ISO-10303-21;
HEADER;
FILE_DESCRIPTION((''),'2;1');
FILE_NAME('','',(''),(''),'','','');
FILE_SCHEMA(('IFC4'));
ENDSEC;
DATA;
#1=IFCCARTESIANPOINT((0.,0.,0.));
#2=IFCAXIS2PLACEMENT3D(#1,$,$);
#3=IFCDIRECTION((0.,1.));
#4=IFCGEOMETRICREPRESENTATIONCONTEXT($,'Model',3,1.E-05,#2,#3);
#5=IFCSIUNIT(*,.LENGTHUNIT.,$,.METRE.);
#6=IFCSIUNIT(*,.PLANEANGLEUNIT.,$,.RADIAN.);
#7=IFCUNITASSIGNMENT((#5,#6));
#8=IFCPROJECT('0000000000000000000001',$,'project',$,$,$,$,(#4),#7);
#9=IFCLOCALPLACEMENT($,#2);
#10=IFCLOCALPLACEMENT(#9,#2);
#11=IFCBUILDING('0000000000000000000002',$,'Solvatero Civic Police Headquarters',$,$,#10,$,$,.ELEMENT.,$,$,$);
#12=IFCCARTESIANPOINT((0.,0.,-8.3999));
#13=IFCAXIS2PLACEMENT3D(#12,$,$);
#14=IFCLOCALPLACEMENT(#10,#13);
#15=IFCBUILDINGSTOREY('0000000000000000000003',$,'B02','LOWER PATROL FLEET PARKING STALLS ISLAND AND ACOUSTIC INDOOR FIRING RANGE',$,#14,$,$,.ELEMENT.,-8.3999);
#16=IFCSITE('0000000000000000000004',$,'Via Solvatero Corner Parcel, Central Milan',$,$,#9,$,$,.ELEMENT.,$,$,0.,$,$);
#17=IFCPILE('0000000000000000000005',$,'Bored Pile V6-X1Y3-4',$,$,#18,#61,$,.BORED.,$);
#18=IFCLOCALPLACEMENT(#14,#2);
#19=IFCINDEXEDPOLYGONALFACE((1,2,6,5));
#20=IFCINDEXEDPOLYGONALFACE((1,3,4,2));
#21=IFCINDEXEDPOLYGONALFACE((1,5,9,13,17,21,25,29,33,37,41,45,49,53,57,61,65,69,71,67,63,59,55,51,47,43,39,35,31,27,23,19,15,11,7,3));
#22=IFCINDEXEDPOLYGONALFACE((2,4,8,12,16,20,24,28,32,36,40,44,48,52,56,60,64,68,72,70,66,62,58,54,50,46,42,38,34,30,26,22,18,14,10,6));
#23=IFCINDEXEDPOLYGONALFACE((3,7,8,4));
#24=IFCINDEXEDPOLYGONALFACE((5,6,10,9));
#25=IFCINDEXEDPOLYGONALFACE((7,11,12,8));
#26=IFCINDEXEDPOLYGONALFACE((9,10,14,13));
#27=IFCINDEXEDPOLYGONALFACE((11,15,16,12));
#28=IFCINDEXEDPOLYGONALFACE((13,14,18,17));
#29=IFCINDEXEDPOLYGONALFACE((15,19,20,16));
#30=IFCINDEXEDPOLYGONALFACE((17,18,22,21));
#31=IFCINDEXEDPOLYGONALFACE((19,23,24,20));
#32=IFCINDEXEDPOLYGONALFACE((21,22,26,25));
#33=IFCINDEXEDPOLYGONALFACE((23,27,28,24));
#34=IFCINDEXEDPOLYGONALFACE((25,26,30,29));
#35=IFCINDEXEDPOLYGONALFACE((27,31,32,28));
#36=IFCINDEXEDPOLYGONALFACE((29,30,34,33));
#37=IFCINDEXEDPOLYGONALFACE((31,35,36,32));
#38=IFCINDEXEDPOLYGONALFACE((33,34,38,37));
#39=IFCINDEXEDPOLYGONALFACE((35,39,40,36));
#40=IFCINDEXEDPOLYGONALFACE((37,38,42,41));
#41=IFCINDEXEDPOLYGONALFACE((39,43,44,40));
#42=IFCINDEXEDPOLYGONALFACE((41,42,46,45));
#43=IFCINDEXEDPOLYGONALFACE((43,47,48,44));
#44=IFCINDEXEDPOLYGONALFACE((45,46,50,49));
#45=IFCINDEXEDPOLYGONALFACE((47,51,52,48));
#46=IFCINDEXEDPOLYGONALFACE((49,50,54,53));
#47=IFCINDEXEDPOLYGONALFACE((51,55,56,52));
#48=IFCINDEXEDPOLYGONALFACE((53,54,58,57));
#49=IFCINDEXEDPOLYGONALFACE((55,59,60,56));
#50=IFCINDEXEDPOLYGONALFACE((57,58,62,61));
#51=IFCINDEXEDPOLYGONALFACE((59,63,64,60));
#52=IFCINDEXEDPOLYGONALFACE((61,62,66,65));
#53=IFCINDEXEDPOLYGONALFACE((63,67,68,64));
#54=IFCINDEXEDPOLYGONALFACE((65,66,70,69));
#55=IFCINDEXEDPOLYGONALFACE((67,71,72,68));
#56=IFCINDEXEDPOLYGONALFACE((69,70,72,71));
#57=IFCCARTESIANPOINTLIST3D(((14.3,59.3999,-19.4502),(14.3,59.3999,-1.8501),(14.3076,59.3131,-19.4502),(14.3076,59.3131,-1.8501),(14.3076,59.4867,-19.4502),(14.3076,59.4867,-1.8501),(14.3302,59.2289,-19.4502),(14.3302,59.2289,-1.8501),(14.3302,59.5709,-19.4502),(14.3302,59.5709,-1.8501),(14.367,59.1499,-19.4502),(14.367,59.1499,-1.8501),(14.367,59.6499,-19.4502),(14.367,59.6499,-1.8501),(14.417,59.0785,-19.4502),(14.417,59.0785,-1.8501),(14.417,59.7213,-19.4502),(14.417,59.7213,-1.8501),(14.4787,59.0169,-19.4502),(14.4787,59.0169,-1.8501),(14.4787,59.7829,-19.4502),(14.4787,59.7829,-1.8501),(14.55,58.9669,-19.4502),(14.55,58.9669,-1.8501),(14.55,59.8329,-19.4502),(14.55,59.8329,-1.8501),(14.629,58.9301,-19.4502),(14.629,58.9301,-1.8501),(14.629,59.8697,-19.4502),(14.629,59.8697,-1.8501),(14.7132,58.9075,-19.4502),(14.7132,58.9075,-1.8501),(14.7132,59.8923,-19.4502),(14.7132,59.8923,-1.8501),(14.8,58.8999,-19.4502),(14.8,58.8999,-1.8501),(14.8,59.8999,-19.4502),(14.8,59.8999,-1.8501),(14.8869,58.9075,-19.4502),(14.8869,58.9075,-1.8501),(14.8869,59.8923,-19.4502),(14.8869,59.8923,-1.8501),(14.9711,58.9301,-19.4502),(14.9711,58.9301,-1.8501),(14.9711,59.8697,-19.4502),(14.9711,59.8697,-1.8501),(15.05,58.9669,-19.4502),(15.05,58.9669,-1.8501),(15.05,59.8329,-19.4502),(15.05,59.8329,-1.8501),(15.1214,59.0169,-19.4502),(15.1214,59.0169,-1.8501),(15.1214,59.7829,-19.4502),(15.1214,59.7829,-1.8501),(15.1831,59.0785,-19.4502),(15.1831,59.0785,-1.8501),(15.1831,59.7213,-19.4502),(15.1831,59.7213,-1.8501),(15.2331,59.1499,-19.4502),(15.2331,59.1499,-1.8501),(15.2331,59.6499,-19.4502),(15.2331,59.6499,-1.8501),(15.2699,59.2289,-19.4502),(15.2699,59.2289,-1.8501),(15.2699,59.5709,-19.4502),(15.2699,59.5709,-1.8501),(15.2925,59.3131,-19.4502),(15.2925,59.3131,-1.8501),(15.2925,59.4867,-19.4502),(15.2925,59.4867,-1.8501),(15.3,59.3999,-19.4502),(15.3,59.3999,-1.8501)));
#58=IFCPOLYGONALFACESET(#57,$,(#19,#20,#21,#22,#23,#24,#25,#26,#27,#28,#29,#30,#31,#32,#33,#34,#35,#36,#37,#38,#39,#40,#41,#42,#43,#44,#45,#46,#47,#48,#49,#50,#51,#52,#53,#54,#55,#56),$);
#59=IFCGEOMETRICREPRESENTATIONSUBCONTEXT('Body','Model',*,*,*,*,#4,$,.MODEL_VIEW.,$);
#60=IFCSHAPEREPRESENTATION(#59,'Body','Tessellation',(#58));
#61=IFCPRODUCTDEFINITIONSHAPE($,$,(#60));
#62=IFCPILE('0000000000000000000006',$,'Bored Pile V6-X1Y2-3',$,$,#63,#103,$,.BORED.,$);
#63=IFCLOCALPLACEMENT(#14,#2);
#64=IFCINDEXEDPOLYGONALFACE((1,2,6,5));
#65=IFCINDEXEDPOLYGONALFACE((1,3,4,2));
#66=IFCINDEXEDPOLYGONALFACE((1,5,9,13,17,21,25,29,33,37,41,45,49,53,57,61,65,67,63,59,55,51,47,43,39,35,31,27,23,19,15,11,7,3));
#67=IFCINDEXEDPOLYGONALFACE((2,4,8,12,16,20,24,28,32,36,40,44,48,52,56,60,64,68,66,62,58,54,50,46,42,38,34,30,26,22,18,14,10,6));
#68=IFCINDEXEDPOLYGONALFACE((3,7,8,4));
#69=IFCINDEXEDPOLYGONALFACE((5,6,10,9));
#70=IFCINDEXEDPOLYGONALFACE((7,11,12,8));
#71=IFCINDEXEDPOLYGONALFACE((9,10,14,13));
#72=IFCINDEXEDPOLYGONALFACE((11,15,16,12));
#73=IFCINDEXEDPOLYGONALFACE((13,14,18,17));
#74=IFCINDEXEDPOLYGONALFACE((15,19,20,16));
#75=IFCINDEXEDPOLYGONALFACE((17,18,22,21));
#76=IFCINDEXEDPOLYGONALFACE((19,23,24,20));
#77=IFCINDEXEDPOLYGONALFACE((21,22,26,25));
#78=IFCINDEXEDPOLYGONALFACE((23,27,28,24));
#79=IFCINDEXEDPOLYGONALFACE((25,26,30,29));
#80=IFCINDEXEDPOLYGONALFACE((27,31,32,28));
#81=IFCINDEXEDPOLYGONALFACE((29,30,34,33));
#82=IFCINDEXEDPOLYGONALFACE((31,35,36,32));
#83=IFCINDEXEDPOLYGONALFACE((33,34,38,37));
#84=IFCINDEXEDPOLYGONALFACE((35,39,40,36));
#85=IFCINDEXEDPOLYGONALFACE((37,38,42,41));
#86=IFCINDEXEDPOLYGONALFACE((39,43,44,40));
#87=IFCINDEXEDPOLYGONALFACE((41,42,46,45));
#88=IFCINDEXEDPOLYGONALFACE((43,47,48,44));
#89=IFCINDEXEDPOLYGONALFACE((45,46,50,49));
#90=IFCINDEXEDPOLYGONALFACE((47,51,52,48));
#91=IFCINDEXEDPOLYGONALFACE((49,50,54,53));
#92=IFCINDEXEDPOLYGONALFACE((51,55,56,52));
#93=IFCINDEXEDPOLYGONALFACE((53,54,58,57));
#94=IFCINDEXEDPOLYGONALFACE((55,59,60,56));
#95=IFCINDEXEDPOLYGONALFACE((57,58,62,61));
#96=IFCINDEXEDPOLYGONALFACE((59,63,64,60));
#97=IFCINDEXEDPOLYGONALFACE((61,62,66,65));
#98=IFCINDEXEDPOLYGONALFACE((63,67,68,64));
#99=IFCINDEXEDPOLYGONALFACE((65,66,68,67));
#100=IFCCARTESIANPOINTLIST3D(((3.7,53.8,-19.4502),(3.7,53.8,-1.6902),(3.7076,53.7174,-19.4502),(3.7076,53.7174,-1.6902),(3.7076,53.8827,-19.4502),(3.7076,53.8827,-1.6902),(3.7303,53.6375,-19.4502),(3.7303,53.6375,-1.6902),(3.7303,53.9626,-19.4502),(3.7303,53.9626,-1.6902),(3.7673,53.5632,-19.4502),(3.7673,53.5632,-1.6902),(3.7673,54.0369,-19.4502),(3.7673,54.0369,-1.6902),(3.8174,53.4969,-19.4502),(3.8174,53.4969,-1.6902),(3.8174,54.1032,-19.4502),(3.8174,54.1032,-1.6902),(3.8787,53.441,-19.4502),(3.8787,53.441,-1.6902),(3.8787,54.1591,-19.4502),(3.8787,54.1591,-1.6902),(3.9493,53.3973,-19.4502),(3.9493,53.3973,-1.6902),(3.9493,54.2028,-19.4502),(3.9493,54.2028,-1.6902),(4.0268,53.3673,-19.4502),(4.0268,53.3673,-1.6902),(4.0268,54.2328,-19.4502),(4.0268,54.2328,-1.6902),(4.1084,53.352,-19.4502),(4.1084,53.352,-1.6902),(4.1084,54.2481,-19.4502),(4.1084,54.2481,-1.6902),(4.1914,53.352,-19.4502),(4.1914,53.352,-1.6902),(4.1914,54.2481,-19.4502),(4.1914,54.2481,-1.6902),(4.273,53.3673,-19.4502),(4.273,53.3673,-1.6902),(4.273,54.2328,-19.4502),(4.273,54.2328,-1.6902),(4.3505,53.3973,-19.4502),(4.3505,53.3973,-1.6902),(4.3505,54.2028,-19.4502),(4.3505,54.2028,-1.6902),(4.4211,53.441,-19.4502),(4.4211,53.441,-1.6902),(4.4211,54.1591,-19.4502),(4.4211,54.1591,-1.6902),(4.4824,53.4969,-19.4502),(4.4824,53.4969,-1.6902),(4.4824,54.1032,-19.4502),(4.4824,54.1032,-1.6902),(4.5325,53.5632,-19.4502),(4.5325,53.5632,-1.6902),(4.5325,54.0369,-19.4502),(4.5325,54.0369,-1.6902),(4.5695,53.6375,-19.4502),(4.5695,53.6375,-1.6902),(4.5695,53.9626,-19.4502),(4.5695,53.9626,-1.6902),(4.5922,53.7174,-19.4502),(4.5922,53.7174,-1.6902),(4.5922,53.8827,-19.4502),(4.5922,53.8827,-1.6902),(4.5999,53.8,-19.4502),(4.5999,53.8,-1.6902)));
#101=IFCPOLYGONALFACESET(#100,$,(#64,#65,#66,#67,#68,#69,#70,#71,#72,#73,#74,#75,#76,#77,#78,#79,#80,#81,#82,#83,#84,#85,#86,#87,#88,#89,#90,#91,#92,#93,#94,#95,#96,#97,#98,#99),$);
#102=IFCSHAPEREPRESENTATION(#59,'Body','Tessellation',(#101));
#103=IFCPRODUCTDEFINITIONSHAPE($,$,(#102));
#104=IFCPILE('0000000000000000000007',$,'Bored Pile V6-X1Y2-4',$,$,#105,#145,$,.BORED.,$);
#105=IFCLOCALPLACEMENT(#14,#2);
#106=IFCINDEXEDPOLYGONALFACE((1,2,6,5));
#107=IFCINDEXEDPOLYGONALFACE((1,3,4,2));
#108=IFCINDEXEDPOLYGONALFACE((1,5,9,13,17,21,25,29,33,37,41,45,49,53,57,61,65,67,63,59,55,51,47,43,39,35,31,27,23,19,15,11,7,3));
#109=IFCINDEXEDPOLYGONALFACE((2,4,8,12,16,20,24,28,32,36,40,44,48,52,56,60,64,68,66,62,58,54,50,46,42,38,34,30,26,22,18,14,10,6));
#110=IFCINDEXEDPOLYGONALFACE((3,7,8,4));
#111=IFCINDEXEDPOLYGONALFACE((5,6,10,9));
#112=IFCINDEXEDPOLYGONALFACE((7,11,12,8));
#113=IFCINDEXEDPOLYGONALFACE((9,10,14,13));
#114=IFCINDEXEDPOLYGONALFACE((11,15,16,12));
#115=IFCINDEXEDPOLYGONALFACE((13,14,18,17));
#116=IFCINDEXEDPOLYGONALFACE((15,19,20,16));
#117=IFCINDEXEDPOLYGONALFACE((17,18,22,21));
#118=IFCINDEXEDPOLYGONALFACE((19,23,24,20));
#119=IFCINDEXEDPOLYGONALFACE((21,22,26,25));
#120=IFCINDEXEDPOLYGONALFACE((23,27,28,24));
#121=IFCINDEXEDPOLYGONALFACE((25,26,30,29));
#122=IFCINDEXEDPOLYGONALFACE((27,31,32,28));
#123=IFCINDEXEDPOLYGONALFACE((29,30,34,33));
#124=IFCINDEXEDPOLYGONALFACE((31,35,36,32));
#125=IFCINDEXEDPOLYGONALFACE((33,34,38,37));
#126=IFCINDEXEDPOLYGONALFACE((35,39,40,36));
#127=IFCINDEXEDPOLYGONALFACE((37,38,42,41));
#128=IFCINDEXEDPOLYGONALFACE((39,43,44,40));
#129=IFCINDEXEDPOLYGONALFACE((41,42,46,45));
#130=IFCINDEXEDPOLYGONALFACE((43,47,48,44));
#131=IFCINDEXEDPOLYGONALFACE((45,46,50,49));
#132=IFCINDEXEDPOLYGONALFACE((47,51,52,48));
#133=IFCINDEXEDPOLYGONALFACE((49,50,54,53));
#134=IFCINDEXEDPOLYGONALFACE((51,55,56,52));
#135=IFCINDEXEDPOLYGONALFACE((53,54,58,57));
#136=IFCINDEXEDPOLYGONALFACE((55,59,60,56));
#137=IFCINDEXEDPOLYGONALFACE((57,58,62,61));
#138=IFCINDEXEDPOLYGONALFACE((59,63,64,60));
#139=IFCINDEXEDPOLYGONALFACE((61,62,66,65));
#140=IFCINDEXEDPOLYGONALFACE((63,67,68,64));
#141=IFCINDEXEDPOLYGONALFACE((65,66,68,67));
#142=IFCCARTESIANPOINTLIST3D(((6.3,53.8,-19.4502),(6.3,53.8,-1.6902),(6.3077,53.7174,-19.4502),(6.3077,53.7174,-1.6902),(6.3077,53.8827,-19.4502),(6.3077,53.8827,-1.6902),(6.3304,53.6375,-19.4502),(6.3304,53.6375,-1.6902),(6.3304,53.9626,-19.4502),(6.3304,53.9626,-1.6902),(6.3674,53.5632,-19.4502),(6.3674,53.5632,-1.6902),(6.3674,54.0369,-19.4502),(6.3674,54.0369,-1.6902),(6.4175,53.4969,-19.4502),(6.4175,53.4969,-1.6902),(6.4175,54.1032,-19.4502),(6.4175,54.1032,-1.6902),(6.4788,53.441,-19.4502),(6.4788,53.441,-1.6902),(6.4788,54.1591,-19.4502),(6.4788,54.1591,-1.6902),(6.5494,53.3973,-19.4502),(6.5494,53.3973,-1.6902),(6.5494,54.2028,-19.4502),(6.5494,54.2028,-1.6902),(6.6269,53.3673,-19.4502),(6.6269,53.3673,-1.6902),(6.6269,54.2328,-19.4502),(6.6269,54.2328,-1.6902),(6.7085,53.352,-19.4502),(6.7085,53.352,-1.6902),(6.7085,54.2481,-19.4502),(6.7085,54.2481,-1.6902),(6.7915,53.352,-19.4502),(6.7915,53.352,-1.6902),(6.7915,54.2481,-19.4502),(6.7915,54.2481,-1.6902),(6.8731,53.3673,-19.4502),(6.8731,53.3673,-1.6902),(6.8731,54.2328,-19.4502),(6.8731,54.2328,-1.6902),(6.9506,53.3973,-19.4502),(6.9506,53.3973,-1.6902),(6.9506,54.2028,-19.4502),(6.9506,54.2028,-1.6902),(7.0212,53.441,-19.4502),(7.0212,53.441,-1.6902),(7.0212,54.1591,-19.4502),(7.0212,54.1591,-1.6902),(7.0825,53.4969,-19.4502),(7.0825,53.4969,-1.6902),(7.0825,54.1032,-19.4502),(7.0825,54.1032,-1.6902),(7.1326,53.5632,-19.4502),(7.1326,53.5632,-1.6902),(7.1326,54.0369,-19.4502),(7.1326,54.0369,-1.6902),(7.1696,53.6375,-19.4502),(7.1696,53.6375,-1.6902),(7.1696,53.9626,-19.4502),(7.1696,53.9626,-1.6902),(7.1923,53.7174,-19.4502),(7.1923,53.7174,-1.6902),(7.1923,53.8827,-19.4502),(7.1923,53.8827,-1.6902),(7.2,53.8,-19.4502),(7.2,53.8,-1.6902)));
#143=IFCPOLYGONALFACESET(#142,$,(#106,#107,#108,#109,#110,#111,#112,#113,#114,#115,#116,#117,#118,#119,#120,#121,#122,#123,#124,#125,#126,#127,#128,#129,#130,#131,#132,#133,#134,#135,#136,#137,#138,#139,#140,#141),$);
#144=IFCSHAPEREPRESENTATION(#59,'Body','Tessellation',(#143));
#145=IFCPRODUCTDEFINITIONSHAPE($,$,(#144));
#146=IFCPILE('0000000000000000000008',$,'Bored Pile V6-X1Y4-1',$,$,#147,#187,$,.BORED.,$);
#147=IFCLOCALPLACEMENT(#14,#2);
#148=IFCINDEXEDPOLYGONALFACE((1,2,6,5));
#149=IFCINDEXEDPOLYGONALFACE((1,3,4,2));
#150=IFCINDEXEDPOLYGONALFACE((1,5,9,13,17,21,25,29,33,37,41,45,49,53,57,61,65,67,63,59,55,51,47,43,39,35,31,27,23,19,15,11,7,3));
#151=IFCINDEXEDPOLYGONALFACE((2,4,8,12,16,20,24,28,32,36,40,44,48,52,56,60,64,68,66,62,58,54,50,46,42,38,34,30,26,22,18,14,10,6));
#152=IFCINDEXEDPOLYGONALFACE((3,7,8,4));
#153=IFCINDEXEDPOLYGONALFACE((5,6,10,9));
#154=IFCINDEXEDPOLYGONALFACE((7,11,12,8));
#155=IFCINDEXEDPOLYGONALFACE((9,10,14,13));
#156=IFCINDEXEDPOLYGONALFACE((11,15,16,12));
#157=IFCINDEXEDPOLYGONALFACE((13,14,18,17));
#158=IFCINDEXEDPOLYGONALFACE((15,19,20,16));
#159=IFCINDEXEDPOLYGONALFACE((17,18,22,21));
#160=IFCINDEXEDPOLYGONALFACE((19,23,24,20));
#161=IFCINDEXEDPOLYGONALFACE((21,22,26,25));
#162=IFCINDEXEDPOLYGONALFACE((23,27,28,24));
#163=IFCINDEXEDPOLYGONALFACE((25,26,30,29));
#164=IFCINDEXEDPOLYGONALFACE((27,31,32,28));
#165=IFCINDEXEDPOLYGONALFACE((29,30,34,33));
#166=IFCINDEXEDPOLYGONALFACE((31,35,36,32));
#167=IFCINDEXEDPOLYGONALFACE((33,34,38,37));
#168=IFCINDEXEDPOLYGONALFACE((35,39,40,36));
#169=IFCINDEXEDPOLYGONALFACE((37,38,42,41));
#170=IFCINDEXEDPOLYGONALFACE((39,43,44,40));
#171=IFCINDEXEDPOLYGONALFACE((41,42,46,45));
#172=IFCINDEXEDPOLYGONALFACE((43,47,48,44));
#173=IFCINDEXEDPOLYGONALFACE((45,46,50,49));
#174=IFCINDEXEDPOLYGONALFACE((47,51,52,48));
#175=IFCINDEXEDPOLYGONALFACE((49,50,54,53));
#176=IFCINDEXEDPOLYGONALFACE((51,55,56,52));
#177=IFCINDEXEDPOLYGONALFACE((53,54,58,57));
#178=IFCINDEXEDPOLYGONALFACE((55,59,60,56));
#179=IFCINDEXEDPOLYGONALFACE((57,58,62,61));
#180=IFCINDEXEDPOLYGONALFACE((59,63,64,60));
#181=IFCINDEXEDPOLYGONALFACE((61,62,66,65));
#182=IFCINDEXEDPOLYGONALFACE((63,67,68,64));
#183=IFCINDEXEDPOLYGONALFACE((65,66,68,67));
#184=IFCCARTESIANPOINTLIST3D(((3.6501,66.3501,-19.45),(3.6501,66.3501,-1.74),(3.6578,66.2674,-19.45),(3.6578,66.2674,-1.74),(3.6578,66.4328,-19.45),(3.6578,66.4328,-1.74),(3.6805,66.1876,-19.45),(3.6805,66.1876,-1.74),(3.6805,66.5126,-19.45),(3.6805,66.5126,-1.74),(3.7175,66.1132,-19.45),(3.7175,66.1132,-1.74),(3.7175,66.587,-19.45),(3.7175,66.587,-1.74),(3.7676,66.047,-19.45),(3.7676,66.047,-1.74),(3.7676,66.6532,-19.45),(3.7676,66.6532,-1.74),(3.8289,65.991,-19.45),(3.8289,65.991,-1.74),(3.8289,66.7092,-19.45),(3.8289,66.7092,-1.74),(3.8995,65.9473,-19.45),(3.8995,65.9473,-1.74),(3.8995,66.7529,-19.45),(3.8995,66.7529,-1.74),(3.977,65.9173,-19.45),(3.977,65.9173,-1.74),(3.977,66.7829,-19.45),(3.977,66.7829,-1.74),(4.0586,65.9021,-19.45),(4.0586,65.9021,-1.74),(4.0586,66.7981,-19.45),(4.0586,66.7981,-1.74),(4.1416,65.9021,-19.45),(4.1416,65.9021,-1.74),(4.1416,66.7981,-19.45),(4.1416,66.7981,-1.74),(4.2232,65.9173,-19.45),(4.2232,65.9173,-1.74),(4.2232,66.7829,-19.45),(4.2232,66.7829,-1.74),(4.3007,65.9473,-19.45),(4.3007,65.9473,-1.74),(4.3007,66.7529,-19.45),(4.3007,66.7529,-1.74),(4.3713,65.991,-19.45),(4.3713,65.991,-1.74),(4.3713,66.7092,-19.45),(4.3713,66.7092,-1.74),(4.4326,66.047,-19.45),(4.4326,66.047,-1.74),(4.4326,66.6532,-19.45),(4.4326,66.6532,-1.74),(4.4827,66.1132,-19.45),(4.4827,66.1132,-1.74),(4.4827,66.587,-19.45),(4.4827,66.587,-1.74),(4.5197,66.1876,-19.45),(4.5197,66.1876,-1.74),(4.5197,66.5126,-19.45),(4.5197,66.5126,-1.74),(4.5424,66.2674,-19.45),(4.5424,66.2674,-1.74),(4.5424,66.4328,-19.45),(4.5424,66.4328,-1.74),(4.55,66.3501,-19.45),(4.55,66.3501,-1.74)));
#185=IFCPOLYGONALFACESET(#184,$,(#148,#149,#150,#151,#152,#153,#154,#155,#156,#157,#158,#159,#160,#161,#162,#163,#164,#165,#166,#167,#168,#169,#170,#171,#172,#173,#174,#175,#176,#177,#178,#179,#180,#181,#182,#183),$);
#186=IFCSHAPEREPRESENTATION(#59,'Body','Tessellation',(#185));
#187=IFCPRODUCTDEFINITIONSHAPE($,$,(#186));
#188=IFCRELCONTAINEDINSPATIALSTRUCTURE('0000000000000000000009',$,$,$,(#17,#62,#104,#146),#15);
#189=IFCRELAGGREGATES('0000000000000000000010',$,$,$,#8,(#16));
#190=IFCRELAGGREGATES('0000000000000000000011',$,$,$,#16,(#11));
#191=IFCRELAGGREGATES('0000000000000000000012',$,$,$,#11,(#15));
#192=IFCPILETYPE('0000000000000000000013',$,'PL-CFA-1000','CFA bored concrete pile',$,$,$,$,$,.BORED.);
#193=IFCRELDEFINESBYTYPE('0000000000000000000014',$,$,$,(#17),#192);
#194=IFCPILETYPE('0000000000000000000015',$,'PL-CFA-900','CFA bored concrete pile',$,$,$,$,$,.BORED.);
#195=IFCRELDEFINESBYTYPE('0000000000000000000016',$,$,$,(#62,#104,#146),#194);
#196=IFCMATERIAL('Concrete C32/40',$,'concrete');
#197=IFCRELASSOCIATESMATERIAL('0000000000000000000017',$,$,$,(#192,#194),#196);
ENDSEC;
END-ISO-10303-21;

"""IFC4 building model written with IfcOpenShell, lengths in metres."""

from ifc_helpers import new_model, si_unit, direction, frame, origin, origin_2d, place, context, subcontext, project, spatial, circle, extrude, material, material_profile, profile_set, type_object, element, save


model = new_model("IFC4")

# Units and contexts
model_context = context("Model", 3, precision=1e-05, world=origin(), true_north=direction((0.0, 1.0)))
body_context = subcontext(model_context, "Body", "Model", "MODEL_VIEW")
ifc_project = project(units=[si_unit("LENGTHUNIT", "METRE"), si_unit("PLANEANGLEUNIT", "RADIAN")], contexts=[model_context])

# Site, building, storey
site_placement = place(None, origin())
site = spatial("IfcSite", under=ifc_project, at=site_placement, Name="Via Solvatero Corner Parcel, Central Milan", CompositionType="ELEMENT", RefElevation=0.0)
building_placement = place(site_placement, origin())
building = spatial("IfcBuilding", under=site, at=building_placement, Name="Solvatero Civic Police Headquarters", CompositionType="ELEMENT")
storey_placement = place(building_placement, frame((0.0, 0.0, -8.3999)))
storey = spatial("IfcBuildingStorey", under=building, at=storey_placement, Name="B02", Description="LOWER PATROL FLEET PARKING STALLS ISLAND AND ACOUSTIC INDOOR FIRING RANGE", CompositionType="ELEMENT", Elevation=-8.3999)

# Piles
ifc_material_1 = material(Name="Concrete C32/40", Category="concrete")
ifc_material_profile_1 = material_profile(ifc_material_1, circle(Radius=0.5, at=origin_2d()), Name="CFA PILE D1000")
ifc_profile_set_1 = profile_set([ifc_material_profile_1], Name="Concrete C32/40")
pile_type_1 = type_object("IfcPileType", Name="PL-CFA-1000", Description="CFA bored concrete pile", PredefinedType="BORED", material=ifc_profile_set_1)
for number, where, z_axis, x_axis, name in (
    (1, (14.8, 59.3999, -1.8501), (0.0, 0.0, -1.0), (1.0, 0.0, 0.0), "Bored Pile V6-X1Y3-4"),
):
    element("IfcPile", number, at=place(storey_placement, frame(where, z_axis=z_axis, x_axis=x_axis)), inside=storey, type_object=pile_type_1, Name=name, PredefinedType="BORED", context=body_context, shape_type="SweptSolid", body=[
        extrude(circle(Radius=0.5, at=origin_2d()), origin(), (0.0, 0.0, 1.0), 17.6001),
    ])
ifc_material_profile_2 = material_profile(ifc_material_1, circle(Radius=0.45, at=origin_2d()), Name="CFA PILE D900")
ifc_profile_set_2 = profile_set([ifc_material_profile_2], Name="Concrete C32/40")
pile_type_2 = type_object("IfcPileType", Name="PL-CFA-900", Description="CFA bored concrete pile", PredefinedType="BORED", material=ifc_profile_set_2)
for number, where, z_axis, x_axis, name in (
    (2, (4.1499, 53.8, -1.6902), (0.0, 0.0, -1.0), (1.0, 0.0, 0.0), "Bored Pile V6-X1Y2-3"),
    (3, (6.75, 53.8, -1.6902), (0.0, 0.0, -1.0), (1.0, 0.0, 0.0), "Bored Pile V6-X1Y2-4"),
):
    element("IfcPile", number, at=place(storey_placement, frame(where, z_axis=z_axis, x_axis=x_axis)), inside=storey, type_object=pile_type_2, Name=name, PredefinedType="BORED", context=body_context, shape_type="SweptSolid", body=[
        extrude(circle(Radius=0.45, at=origin_2d()), origin(), (0.0, 0.0, 1.0), 17.76),
    ])
for number, where, z_axis, x_axis, name in (
    (4, (4.1001, 66.3501, -1.74), (0.0, 0.0, -1.0), (1.0, 0.0, 0.0), "Bored Pile V6-X1Y4-1"),
):
    element("IfcPile", number, at=place(storey_placement, frame(where, z_axis=z_axis, x_axis=x_axis)), inside=storey, type_object=pile_type_2, Name=name, PredefinedType="BORED", context=body_context, shape_type="SweptSolid", body=[
        extrude(circle(Radius=0.45, at=origin_2d()), origin(), (0.0, 0.0, 1.0), 17.71),
    ])

save(model, "model.ifc")
